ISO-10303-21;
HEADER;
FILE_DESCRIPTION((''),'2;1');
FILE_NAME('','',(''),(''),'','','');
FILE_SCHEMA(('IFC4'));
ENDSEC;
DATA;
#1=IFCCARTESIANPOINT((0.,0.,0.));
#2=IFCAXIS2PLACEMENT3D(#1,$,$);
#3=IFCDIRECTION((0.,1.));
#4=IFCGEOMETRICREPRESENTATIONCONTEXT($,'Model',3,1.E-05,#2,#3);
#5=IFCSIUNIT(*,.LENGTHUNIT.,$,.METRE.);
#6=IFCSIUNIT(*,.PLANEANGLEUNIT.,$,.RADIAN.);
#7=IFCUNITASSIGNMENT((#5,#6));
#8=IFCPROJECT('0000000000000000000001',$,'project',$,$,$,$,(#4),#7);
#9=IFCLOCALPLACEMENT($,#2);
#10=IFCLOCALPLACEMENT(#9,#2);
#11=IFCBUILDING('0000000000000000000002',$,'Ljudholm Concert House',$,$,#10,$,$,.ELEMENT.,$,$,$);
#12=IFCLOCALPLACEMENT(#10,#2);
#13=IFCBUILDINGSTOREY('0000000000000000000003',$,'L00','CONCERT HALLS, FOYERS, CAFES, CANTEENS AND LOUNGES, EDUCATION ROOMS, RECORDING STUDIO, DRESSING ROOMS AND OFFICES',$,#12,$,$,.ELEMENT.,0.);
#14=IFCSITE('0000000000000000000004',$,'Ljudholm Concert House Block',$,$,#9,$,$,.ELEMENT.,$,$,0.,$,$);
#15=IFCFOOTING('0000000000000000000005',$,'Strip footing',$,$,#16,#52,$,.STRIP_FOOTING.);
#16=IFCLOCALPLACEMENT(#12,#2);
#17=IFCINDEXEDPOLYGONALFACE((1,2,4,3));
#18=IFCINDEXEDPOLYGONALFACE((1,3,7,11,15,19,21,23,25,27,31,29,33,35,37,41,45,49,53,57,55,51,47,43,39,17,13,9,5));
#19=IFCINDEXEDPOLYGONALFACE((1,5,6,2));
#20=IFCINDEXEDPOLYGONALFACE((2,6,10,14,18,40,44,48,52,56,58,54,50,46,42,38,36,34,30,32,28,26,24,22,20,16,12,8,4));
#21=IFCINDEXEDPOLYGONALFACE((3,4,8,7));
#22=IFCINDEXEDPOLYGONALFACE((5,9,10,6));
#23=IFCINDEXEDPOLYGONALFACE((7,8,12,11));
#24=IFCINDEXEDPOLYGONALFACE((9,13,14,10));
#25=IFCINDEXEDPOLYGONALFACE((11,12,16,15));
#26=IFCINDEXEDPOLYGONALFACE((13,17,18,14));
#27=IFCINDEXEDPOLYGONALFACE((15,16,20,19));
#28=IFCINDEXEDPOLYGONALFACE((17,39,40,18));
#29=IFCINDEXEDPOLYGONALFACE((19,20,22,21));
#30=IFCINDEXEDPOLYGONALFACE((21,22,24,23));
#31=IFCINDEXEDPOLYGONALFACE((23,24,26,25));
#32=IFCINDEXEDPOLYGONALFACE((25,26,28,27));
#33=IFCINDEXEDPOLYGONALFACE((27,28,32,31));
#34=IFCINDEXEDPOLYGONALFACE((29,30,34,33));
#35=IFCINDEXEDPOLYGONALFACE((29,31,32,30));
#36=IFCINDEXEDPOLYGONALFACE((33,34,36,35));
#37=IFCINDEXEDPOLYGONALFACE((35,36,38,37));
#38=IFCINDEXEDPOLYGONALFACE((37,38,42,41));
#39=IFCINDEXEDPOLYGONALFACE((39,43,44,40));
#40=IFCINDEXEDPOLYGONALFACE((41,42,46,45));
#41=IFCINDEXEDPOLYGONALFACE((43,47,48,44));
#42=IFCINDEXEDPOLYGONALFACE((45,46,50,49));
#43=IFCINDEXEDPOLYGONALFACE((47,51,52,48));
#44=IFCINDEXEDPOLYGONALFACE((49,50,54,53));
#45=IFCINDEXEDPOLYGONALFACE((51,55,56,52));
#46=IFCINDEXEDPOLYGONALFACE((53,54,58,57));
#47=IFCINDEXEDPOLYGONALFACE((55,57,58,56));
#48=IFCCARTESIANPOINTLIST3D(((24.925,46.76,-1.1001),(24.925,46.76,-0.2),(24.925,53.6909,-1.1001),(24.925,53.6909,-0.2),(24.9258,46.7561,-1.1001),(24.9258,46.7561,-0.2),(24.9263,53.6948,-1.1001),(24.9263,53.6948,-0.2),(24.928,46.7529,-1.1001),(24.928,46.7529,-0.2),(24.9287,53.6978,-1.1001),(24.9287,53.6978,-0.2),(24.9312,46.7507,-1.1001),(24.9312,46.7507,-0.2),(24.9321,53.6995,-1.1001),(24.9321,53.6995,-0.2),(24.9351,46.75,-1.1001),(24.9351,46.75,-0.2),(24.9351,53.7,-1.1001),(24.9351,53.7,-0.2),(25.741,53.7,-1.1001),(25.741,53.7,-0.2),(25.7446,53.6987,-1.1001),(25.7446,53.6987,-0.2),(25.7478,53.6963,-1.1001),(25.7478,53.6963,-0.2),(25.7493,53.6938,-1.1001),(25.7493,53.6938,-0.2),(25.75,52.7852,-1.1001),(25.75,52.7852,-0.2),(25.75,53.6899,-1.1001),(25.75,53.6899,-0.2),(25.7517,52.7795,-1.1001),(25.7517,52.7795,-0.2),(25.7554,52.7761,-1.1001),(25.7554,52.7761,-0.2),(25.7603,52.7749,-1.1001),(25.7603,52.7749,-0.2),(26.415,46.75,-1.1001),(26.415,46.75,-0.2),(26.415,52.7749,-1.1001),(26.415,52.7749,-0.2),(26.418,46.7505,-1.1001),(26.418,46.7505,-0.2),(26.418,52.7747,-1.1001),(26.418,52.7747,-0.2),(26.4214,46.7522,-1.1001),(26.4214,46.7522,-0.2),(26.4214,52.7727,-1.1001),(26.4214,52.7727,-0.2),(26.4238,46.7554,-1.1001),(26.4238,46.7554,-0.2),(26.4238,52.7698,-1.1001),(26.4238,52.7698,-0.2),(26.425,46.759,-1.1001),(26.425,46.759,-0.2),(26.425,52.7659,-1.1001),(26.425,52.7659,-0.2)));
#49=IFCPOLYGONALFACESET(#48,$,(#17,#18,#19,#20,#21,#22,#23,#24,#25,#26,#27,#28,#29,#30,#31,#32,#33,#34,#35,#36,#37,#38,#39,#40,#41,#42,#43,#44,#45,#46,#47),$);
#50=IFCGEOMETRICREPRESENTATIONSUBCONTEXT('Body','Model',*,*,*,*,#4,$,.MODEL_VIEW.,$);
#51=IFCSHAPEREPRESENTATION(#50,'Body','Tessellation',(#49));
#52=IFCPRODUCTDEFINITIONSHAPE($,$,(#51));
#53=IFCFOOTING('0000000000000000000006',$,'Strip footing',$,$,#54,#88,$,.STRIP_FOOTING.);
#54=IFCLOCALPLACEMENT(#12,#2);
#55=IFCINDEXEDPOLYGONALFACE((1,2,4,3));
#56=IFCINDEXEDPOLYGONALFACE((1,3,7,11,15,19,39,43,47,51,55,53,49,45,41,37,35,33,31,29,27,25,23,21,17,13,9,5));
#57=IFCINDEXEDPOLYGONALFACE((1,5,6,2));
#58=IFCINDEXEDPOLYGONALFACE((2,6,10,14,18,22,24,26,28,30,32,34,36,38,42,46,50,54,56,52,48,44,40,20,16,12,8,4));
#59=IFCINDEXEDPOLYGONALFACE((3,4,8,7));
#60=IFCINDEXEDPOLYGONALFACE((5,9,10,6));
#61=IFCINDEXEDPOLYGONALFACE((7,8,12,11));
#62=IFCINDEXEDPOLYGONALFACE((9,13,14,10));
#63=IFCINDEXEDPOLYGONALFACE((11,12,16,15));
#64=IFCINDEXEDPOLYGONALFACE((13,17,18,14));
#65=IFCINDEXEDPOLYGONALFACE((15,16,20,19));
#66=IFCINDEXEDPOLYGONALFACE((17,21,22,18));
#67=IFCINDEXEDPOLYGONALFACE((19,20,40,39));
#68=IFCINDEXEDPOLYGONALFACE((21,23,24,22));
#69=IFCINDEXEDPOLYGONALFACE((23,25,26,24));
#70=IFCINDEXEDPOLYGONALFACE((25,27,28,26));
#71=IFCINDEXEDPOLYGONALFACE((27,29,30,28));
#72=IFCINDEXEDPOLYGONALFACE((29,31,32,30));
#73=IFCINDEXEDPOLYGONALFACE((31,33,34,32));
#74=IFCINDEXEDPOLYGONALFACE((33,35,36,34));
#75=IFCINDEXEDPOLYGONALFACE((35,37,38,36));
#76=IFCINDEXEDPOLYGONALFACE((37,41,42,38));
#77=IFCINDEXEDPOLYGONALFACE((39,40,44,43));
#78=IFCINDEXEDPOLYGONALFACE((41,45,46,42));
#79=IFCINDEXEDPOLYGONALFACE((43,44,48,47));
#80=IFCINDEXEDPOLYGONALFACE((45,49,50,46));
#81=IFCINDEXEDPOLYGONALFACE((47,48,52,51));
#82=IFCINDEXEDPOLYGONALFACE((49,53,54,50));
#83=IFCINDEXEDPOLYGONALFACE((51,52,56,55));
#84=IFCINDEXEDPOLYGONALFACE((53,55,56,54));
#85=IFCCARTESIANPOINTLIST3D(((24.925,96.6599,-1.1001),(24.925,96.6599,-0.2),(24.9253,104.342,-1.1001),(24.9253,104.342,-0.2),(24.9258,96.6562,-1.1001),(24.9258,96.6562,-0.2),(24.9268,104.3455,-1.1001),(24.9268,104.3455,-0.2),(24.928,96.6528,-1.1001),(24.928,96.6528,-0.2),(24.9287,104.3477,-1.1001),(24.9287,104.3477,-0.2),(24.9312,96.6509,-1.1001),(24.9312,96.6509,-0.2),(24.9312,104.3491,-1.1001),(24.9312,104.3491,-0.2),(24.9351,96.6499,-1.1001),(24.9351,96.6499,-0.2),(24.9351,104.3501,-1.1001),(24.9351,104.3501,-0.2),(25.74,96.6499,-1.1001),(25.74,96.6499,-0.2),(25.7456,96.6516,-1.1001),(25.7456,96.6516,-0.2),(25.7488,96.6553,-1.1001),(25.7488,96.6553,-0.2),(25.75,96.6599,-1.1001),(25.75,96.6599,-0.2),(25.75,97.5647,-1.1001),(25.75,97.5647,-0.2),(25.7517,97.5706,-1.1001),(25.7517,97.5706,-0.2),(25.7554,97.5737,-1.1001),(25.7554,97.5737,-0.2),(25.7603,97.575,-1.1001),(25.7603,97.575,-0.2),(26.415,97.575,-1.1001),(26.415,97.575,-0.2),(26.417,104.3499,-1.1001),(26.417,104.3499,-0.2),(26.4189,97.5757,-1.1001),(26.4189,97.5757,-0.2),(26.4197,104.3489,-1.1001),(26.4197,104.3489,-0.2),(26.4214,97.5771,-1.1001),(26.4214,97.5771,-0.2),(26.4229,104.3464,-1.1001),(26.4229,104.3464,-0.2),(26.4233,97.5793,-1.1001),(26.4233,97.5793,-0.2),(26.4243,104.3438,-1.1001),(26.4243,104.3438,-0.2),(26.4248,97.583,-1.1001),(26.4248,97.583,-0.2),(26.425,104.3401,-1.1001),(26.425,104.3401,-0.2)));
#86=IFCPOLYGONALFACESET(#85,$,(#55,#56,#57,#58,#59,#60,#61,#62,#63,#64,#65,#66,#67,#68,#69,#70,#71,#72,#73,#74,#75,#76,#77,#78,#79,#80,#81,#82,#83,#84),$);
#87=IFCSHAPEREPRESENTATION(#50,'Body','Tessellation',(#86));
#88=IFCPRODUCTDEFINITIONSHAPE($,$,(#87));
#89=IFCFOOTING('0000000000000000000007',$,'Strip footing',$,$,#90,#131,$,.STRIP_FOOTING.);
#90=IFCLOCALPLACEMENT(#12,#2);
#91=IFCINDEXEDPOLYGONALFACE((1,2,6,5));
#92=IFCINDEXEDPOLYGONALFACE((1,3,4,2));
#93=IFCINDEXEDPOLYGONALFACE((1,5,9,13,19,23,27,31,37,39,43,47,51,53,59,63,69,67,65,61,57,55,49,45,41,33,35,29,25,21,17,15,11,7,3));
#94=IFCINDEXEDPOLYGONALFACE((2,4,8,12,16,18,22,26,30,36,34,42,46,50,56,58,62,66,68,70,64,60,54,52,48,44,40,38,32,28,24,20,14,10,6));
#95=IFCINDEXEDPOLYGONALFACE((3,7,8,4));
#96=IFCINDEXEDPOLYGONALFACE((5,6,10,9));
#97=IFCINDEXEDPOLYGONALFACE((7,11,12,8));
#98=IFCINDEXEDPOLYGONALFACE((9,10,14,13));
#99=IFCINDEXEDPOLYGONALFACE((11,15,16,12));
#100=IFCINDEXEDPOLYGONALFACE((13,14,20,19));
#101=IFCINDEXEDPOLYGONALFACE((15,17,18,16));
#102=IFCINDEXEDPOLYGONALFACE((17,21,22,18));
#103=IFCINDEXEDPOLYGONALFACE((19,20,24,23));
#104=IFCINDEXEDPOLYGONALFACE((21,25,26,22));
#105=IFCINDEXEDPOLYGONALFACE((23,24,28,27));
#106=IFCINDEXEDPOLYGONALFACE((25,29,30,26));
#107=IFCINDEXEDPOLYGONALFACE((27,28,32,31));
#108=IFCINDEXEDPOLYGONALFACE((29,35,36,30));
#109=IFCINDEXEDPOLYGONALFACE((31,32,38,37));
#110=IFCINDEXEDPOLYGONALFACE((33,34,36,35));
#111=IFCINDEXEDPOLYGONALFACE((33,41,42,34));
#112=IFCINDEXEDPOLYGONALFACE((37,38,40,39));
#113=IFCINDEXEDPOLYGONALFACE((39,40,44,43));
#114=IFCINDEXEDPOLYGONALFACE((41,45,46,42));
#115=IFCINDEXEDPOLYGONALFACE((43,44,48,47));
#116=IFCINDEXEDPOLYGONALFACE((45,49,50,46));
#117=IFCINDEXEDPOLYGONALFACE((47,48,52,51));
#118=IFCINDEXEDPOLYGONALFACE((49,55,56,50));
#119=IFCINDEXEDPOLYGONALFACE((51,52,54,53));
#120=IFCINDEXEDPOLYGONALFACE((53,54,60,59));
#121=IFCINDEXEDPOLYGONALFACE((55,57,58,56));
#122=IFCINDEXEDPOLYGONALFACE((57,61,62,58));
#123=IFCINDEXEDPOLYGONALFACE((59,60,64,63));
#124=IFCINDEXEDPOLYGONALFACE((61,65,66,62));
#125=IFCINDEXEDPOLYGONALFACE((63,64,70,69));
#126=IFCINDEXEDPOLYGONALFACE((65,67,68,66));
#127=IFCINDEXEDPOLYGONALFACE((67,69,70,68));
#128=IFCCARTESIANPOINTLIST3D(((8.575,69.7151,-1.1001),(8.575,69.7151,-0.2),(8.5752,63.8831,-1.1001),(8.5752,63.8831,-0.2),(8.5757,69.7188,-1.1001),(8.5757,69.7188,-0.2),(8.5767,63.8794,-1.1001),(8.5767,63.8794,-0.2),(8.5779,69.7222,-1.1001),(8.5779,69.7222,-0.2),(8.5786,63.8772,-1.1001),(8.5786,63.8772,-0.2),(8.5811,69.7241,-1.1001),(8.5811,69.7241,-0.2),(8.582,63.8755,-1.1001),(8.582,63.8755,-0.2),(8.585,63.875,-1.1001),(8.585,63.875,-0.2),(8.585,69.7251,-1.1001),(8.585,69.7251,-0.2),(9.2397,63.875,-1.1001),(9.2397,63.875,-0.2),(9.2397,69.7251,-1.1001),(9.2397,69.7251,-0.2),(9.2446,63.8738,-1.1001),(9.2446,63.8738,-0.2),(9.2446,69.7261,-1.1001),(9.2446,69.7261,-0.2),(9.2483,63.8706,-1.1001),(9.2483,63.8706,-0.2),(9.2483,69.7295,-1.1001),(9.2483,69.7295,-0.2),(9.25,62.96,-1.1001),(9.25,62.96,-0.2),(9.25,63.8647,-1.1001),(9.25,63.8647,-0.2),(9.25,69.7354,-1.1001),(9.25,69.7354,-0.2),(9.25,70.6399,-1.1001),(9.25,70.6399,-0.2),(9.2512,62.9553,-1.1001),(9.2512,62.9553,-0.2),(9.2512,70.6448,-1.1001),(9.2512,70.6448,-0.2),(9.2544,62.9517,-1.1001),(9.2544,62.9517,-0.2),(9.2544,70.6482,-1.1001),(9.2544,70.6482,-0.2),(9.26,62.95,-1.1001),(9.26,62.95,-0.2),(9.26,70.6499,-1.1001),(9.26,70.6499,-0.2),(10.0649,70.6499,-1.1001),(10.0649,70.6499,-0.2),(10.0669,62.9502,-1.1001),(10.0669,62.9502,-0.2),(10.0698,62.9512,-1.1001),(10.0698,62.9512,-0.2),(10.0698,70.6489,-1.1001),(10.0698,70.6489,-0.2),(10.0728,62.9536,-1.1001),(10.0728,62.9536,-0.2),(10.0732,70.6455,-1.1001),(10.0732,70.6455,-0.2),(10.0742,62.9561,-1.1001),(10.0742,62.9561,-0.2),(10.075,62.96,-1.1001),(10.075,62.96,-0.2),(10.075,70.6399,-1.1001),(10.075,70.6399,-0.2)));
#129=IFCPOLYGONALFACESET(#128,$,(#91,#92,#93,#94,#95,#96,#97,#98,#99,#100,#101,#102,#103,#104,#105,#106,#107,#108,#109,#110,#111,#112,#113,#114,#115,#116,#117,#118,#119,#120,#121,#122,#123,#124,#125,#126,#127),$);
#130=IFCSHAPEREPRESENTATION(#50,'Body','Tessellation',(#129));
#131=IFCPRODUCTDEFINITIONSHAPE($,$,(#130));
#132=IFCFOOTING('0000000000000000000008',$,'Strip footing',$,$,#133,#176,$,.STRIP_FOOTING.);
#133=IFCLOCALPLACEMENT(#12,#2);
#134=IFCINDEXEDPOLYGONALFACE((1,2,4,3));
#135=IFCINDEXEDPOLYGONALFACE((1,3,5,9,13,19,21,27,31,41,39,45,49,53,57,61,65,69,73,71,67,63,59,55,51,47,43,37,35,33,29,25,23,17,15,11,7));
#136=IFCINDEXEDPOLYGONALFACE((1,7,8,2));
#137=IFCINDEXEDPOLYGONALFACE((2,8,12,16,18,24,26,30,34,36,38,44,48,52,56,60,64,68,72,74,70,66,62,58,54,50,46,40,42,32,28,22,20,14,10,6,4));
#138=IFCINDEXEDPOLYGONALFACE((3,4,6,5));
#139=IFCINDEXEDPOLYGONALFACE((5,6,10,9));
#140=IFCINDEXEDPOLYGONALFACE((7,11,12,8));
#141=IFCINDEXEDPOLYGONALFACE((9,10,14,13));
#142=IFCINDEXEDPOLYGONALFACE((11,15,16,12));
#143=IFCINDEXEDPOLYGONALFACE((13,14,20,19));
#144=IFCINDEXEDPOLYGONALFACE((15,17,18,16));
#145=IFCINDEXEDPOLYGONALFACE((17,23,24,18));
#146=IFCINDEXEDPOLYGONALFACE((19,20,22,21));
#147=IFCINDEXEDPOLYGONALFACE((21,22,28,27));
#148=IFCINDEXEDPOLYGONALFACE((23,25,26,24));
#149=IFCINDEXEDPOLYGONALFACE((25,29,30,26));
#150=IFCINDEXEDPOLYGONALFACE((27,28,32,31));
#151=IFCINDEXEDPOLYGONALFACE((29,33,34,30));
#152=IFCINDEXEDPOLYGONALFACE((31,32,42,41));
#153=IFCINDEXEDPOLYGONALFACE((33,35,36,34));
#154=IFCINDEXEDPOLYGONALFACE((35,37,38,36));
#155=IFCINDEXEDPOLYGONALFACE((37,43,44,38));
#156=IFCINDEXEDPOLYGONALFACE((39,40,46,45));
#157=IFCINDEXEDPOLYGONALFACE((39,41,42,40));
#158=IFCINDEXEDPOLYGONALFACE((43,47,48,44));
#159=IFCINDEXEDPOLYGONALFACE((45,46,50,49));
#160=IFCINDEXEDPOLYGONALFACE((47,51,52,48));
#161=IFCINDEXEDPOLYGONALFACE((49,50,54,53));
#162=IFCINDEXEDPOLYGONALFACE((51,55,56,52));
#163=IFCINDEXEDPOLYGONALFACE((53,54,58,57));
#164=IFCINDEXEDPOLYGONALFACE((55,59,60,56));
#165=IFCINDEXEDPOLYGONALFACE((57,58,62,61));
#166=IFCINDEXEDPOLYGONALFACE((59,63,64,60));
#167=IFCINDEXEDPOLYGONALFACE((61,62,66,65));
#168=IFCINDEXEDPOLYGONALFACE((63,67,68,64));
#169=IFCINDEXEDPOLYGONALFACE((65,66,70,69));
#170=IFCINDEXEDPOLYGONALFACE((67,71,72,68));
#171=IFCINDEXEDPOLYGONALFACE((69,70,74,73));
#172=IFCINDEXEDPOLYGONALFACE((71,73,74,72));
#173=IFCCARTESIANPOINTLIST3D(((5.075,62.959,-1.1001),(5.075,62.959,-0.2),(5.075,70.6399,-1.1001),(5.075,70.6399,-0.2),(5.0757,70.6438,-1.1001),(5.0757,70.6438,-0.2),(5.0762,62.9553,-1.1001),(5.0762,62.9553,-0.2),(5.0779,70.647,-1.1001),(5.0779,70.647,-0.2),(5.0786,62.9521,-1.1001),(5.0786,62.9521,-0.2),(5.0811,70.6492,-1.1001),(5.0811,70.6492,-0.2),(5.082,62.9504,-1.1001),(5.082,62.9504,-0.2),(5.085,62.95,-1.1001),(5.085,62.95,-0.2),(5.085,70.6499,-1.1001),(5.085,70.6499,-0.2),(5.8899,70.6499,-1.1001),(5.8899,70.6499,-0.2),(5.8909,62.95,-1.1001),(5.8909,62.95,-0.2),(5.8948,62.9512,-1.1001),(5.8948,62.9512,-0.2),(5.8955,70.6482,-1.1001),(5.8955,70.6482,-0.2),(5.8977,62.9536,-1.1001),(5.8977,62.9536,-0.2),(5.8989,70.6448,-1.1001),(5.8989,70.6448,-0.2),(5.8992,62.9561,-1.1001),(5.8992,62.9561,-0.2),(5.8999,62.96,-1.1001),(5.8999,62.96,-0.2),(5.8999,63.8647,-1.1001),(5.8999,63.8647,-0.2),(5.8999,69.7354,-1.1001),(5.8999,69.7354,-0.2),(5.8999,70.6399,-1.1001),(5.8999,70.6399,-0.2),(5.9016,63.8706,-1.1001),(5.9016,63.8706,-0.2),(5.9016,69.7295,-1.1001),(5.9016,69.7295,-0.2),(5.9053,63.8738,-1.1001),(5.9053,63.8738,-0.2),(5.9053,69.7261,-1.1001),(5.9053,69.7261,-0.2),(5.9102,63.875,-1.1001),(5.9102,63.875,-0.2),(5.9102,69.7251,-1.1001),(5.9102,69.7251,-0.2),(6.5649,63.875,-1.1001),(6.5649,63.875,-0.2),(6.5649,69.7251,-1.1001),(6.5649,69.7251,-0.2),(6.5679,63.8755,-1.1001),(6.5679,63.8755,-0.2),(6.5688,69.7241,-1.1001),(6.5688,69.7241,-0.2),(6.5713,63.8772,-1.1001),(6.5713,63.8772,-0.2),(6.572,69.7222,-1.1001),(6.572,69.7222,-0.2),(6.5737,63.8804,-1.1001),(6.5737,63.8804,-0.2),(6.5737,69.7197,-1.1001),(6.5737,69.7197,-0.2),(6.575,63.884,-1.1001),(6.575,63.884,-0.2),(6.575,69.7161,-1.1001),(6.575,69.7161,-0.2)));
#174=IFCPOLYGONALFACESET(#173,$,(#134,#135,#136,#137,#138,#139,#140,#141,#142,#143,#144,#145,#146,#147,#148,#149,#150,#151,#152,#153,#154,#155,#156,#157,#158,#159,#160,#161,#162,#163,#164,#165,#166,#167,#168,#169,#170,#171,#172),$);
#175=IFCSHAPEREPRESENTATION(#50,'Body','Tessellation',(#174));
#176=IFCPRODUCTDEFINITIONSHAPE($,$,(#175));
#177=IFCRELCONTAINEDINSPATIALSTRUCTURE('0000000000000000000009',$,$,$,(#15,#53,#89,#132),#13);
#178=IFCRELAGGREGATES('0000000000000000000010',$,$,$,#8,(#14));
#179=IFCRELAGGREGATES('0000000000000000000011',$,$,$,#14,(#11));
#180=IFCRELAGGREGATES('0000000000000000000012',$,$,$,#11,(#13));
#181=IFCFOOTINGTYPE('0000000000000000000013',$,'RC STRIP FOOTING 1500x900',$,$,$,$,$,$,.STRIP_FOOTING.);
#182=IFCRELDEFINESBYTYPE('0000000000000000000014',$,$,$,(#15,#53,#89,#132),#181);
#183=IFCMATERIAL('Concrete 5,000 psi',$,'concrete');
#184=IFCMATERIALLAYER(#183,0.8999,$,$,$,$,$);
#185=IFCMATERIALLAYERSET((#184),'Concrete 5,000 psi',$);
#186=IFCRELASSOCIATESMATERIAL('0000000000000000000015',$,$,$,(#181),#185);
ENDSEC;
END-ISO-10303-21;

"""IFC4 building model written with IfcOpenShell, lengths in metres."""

from ifc_helpers import new_model, si_unit, direction, frame, origin, place, context, subcontext, project, spatial, polyline, outline, extrude, material, layer, layer_set, type_object, element, save


model = new_model("IFC4")

# Units and contexts
model_context = context("Model", 3, precision=1e-05, world=origin(), true_north=direction((0.0, 1.0)))
body_context = subcontext(model_context, "Body", "Model", "MODEL_VIEW")
ifc_project = project(units=[si_unit("LENGTHUNIT", "METRE"), si_unit("PLANEANGLEUNIT", "RADIAN")], contexts=[model_context])

# Site, building, storey
site_placement = place(None, origin())
site = spatial("IfcSite", under=ifc_project, at=site_placement, Name="Ljudholm Concert House Block", CompositionType="ELEMENT", RefElevation=0.0)
building_placement = place(site_placement, origin())
building = spatial("IfcBuilding", under=site, at=building_placement, Name="Ljudholm Concert House", CompositionType="ELEMENT")
storey_placement = place(building_placement, origin())
storey = spatial("IfcBuildingStorey", under=building, at=storey_placement, Name="L00", Description="CONCERT HALLS, FOYERS, CAFES, CANTEENS AND LOUNGES, EDUCATION ROOMS, RECORDING STUDIO, DRESSING ROOMS AND OFFICES", CompositionType="ELEMENT", Elevation=0.0)

# Footings
ifc_material_1 = material(Name="Concrete 5,000 psi", Category="concrete")
ifc_layer_1 = layer(ifc_material_1, 0.8999)
ifc_layer_set_1 = layer_set([ifc_layer_1], Name="Concrete 5,000 psi")
footing_type_1 = type_object("IfcFootingType", Name="RC STRIP FOOTING 1500x900", PredefinedType="STRIP_FOOTING", material=ifc_layer_set_1)
footing_1_placement = place(storey_placement, frame((0.0, 0.0, -1.1001)))
element("IfcFooting", 1, at=footing_1_placement, inside=storey, type_object=footing_type_1, Name="Strip footing", PredefinedType="STRIP_FOOTING", context=body_context, shape_type="SweptSolid", body=[
    extrude(outline(polyline([(24.9351, 46.75), (26.415, 46.75), (26.418, 46.7505), (26.4214, 46.7522), (26.4238, 46.7554), (26.425, 46.759), (26.425, 52.7659), (26.4238, 52.7698), (26.4214, 52.7727), (26.418, 52.7747), (26.415, 52.7749), (25.7603, 52.7749), (25.7554, 52.7761), (25.7517, 52.7795), (25.75, 52.7852), (25.75, 53.6899), (25.7493, 53.6938), (25.7478, 53.6963), (25.7446, 53.6987), (25.741, 53.7), (24.9351, 53.7), (24.9321, 53.6995), (24.9287, 53.6978), (24.9263, 53.6948), (24.925, 53.6909), (24.925, 46.76), (24.9258, 46.7561), (24.928, 46.7529), (24.9312, 46.7507), (24.9351, 46.75)])), origin(), (0.0, 0.0, 1.0), 0.9001),
])
footing_2_placement = place(storey_placement, frame((0.0, 0.0, -1.1001)))
element("IfcFooting", 2, at=footing_2_placement, inside=storey, type_object=footing_type_1, Name="Strip footing", PredefinedType="STRIP_FOOTING", context=body_context, shape_type="SweptSolid", body=[
    extrude(outline(polyline([(24.9351, 96.6499), (25.74, 96.6499), (25.7456, 96.6516), (25.7488, 96.6553), (25.75, 96.6599), (25.75, 97.5647), (25.7517, 97.5706), (25.7554, 97.5737), (25.7603, 97.575), (26.415, 97.575), (26.4189, 97.5757), (26.4214, 97.5771), (26.4233, 97.5793), (26.4248, 97.583), (26.425, 104.3401), (26.4243, 104.3438), (26.4229, 104.3464), (26.4197, 104.3489), (26.417, 104.3499), (24.9351, 104.3501), (24.9312, 104.3491), (24.9287, 104.3477), (24.9268, 104.3455), (24.9253, 104.342), (24.925, 96.6599), (24.9258, 96.6562), (24.928, 96.6528), (24.9312, 96.6509), (24.9351, 96.6499)])), origin(), (0.0, 0.0, 1.0), 0.9001),
])
footing_3_placement = place(storey_placement, frame((0.0, 0.0, -1.1001)))
element("IfcFooting", 3, at=footing_3_placement, inside=storey, type_object=footing_type_1, Name="Strip footing", PredefinedType="STRIP_FOOTING", context=body_context, shape_type="SweptSolid", body=[
    extrude(outline(polyline([(8.575, 69.7151), (8.5752, 63.8831), (8.5767, 63.8794), (8.5786, 63.8772), (8.582, 63.8755), (8.585, 63.875), (9.2397, 63.875), (9.2446, 63.8738), (9.2483, 63.8706), (9.25, 63.8647), (9.25, 62.96), (9.2512, 62.9553), (9.2544, 62.9517), (9.26, 62.95), (10.0669, 62.9502), (10.0698, 62.9512), (10.0728, 62.9536), (10.0742, 62.9561), (10.075, 62.96), (10.075, 70.6399), (10.0732, 70.6455), (10.0698, 70.6489), (10.0649, 70.6499), (9.26, 70.6499), (9.2544, 70.6482), (9.2512, 70.6448), (9.25, 70.6399), (9.25, 69.7354), (9.2483, 69.7295), (9.2446, 69.7261), (9.2397, 69.7251), (8.585, 69.7251), (8.5811, 69.7241), (8.5779, 69.7222), (8.5757, 69.7188), (8.575, 69.7151)])), origin(), (0.0, 0.0, 1.0), 0.9001),
])
footing_4_placement = place(storey_placement, frame((0.0, 0.0, -1.1001)))
element("IfcFooting", 4, at=footing_4_placement, inside=storey, type_object=footing_type_1, Name="Strip footing", PredefinedType="STRIP_FOOTING", context=body_context, shape_type="SweptSolid", body=[
    extrude(outline(polyline([(5.075, 70.6399), (5.075, 62.959), (5.0762, 62.9553), (5.0786, 62.9521), (5.082, 62.9504), (5.085, 62.95), (5.8909, 62.95), (5.8948, 62.9512), (5.8977, 62.9536), (5.8992, 62.9561), (5.8999, 62.96), (5.8999, 63.8647), (5.9016, 63.8706), (5.9053, 63.8738), (5.9102, 63.875), (6.5649, 63.875), (6.5679, 63.8755), (6.5713, 63.8772), (6.5737, 63.8804), (6.575, 63.884), (6.575, 69.7161), (6.5737, 69.7197), (6.572, 69.7222), (6.5688, 69.7241), (6.5649, 69.7251), (5.9102, 69.7251), (5.9053, 69.7261), (5.9016, 69.7295), (5.8999, 69.7354), (5.8999, 70.6399), (5.8989, 70.6448), (5.8955, 70.6482), (5.8899, 70.6499), (5.085, 70.6499), (5.0811, 70.6492), (5.0779, 70.647), (5.0757, 70.6438), (5.075, 70.6399)])), origin(), (0.0, 0.0, 1.0), 0.9001),
])

save(model, "model.ifc")
